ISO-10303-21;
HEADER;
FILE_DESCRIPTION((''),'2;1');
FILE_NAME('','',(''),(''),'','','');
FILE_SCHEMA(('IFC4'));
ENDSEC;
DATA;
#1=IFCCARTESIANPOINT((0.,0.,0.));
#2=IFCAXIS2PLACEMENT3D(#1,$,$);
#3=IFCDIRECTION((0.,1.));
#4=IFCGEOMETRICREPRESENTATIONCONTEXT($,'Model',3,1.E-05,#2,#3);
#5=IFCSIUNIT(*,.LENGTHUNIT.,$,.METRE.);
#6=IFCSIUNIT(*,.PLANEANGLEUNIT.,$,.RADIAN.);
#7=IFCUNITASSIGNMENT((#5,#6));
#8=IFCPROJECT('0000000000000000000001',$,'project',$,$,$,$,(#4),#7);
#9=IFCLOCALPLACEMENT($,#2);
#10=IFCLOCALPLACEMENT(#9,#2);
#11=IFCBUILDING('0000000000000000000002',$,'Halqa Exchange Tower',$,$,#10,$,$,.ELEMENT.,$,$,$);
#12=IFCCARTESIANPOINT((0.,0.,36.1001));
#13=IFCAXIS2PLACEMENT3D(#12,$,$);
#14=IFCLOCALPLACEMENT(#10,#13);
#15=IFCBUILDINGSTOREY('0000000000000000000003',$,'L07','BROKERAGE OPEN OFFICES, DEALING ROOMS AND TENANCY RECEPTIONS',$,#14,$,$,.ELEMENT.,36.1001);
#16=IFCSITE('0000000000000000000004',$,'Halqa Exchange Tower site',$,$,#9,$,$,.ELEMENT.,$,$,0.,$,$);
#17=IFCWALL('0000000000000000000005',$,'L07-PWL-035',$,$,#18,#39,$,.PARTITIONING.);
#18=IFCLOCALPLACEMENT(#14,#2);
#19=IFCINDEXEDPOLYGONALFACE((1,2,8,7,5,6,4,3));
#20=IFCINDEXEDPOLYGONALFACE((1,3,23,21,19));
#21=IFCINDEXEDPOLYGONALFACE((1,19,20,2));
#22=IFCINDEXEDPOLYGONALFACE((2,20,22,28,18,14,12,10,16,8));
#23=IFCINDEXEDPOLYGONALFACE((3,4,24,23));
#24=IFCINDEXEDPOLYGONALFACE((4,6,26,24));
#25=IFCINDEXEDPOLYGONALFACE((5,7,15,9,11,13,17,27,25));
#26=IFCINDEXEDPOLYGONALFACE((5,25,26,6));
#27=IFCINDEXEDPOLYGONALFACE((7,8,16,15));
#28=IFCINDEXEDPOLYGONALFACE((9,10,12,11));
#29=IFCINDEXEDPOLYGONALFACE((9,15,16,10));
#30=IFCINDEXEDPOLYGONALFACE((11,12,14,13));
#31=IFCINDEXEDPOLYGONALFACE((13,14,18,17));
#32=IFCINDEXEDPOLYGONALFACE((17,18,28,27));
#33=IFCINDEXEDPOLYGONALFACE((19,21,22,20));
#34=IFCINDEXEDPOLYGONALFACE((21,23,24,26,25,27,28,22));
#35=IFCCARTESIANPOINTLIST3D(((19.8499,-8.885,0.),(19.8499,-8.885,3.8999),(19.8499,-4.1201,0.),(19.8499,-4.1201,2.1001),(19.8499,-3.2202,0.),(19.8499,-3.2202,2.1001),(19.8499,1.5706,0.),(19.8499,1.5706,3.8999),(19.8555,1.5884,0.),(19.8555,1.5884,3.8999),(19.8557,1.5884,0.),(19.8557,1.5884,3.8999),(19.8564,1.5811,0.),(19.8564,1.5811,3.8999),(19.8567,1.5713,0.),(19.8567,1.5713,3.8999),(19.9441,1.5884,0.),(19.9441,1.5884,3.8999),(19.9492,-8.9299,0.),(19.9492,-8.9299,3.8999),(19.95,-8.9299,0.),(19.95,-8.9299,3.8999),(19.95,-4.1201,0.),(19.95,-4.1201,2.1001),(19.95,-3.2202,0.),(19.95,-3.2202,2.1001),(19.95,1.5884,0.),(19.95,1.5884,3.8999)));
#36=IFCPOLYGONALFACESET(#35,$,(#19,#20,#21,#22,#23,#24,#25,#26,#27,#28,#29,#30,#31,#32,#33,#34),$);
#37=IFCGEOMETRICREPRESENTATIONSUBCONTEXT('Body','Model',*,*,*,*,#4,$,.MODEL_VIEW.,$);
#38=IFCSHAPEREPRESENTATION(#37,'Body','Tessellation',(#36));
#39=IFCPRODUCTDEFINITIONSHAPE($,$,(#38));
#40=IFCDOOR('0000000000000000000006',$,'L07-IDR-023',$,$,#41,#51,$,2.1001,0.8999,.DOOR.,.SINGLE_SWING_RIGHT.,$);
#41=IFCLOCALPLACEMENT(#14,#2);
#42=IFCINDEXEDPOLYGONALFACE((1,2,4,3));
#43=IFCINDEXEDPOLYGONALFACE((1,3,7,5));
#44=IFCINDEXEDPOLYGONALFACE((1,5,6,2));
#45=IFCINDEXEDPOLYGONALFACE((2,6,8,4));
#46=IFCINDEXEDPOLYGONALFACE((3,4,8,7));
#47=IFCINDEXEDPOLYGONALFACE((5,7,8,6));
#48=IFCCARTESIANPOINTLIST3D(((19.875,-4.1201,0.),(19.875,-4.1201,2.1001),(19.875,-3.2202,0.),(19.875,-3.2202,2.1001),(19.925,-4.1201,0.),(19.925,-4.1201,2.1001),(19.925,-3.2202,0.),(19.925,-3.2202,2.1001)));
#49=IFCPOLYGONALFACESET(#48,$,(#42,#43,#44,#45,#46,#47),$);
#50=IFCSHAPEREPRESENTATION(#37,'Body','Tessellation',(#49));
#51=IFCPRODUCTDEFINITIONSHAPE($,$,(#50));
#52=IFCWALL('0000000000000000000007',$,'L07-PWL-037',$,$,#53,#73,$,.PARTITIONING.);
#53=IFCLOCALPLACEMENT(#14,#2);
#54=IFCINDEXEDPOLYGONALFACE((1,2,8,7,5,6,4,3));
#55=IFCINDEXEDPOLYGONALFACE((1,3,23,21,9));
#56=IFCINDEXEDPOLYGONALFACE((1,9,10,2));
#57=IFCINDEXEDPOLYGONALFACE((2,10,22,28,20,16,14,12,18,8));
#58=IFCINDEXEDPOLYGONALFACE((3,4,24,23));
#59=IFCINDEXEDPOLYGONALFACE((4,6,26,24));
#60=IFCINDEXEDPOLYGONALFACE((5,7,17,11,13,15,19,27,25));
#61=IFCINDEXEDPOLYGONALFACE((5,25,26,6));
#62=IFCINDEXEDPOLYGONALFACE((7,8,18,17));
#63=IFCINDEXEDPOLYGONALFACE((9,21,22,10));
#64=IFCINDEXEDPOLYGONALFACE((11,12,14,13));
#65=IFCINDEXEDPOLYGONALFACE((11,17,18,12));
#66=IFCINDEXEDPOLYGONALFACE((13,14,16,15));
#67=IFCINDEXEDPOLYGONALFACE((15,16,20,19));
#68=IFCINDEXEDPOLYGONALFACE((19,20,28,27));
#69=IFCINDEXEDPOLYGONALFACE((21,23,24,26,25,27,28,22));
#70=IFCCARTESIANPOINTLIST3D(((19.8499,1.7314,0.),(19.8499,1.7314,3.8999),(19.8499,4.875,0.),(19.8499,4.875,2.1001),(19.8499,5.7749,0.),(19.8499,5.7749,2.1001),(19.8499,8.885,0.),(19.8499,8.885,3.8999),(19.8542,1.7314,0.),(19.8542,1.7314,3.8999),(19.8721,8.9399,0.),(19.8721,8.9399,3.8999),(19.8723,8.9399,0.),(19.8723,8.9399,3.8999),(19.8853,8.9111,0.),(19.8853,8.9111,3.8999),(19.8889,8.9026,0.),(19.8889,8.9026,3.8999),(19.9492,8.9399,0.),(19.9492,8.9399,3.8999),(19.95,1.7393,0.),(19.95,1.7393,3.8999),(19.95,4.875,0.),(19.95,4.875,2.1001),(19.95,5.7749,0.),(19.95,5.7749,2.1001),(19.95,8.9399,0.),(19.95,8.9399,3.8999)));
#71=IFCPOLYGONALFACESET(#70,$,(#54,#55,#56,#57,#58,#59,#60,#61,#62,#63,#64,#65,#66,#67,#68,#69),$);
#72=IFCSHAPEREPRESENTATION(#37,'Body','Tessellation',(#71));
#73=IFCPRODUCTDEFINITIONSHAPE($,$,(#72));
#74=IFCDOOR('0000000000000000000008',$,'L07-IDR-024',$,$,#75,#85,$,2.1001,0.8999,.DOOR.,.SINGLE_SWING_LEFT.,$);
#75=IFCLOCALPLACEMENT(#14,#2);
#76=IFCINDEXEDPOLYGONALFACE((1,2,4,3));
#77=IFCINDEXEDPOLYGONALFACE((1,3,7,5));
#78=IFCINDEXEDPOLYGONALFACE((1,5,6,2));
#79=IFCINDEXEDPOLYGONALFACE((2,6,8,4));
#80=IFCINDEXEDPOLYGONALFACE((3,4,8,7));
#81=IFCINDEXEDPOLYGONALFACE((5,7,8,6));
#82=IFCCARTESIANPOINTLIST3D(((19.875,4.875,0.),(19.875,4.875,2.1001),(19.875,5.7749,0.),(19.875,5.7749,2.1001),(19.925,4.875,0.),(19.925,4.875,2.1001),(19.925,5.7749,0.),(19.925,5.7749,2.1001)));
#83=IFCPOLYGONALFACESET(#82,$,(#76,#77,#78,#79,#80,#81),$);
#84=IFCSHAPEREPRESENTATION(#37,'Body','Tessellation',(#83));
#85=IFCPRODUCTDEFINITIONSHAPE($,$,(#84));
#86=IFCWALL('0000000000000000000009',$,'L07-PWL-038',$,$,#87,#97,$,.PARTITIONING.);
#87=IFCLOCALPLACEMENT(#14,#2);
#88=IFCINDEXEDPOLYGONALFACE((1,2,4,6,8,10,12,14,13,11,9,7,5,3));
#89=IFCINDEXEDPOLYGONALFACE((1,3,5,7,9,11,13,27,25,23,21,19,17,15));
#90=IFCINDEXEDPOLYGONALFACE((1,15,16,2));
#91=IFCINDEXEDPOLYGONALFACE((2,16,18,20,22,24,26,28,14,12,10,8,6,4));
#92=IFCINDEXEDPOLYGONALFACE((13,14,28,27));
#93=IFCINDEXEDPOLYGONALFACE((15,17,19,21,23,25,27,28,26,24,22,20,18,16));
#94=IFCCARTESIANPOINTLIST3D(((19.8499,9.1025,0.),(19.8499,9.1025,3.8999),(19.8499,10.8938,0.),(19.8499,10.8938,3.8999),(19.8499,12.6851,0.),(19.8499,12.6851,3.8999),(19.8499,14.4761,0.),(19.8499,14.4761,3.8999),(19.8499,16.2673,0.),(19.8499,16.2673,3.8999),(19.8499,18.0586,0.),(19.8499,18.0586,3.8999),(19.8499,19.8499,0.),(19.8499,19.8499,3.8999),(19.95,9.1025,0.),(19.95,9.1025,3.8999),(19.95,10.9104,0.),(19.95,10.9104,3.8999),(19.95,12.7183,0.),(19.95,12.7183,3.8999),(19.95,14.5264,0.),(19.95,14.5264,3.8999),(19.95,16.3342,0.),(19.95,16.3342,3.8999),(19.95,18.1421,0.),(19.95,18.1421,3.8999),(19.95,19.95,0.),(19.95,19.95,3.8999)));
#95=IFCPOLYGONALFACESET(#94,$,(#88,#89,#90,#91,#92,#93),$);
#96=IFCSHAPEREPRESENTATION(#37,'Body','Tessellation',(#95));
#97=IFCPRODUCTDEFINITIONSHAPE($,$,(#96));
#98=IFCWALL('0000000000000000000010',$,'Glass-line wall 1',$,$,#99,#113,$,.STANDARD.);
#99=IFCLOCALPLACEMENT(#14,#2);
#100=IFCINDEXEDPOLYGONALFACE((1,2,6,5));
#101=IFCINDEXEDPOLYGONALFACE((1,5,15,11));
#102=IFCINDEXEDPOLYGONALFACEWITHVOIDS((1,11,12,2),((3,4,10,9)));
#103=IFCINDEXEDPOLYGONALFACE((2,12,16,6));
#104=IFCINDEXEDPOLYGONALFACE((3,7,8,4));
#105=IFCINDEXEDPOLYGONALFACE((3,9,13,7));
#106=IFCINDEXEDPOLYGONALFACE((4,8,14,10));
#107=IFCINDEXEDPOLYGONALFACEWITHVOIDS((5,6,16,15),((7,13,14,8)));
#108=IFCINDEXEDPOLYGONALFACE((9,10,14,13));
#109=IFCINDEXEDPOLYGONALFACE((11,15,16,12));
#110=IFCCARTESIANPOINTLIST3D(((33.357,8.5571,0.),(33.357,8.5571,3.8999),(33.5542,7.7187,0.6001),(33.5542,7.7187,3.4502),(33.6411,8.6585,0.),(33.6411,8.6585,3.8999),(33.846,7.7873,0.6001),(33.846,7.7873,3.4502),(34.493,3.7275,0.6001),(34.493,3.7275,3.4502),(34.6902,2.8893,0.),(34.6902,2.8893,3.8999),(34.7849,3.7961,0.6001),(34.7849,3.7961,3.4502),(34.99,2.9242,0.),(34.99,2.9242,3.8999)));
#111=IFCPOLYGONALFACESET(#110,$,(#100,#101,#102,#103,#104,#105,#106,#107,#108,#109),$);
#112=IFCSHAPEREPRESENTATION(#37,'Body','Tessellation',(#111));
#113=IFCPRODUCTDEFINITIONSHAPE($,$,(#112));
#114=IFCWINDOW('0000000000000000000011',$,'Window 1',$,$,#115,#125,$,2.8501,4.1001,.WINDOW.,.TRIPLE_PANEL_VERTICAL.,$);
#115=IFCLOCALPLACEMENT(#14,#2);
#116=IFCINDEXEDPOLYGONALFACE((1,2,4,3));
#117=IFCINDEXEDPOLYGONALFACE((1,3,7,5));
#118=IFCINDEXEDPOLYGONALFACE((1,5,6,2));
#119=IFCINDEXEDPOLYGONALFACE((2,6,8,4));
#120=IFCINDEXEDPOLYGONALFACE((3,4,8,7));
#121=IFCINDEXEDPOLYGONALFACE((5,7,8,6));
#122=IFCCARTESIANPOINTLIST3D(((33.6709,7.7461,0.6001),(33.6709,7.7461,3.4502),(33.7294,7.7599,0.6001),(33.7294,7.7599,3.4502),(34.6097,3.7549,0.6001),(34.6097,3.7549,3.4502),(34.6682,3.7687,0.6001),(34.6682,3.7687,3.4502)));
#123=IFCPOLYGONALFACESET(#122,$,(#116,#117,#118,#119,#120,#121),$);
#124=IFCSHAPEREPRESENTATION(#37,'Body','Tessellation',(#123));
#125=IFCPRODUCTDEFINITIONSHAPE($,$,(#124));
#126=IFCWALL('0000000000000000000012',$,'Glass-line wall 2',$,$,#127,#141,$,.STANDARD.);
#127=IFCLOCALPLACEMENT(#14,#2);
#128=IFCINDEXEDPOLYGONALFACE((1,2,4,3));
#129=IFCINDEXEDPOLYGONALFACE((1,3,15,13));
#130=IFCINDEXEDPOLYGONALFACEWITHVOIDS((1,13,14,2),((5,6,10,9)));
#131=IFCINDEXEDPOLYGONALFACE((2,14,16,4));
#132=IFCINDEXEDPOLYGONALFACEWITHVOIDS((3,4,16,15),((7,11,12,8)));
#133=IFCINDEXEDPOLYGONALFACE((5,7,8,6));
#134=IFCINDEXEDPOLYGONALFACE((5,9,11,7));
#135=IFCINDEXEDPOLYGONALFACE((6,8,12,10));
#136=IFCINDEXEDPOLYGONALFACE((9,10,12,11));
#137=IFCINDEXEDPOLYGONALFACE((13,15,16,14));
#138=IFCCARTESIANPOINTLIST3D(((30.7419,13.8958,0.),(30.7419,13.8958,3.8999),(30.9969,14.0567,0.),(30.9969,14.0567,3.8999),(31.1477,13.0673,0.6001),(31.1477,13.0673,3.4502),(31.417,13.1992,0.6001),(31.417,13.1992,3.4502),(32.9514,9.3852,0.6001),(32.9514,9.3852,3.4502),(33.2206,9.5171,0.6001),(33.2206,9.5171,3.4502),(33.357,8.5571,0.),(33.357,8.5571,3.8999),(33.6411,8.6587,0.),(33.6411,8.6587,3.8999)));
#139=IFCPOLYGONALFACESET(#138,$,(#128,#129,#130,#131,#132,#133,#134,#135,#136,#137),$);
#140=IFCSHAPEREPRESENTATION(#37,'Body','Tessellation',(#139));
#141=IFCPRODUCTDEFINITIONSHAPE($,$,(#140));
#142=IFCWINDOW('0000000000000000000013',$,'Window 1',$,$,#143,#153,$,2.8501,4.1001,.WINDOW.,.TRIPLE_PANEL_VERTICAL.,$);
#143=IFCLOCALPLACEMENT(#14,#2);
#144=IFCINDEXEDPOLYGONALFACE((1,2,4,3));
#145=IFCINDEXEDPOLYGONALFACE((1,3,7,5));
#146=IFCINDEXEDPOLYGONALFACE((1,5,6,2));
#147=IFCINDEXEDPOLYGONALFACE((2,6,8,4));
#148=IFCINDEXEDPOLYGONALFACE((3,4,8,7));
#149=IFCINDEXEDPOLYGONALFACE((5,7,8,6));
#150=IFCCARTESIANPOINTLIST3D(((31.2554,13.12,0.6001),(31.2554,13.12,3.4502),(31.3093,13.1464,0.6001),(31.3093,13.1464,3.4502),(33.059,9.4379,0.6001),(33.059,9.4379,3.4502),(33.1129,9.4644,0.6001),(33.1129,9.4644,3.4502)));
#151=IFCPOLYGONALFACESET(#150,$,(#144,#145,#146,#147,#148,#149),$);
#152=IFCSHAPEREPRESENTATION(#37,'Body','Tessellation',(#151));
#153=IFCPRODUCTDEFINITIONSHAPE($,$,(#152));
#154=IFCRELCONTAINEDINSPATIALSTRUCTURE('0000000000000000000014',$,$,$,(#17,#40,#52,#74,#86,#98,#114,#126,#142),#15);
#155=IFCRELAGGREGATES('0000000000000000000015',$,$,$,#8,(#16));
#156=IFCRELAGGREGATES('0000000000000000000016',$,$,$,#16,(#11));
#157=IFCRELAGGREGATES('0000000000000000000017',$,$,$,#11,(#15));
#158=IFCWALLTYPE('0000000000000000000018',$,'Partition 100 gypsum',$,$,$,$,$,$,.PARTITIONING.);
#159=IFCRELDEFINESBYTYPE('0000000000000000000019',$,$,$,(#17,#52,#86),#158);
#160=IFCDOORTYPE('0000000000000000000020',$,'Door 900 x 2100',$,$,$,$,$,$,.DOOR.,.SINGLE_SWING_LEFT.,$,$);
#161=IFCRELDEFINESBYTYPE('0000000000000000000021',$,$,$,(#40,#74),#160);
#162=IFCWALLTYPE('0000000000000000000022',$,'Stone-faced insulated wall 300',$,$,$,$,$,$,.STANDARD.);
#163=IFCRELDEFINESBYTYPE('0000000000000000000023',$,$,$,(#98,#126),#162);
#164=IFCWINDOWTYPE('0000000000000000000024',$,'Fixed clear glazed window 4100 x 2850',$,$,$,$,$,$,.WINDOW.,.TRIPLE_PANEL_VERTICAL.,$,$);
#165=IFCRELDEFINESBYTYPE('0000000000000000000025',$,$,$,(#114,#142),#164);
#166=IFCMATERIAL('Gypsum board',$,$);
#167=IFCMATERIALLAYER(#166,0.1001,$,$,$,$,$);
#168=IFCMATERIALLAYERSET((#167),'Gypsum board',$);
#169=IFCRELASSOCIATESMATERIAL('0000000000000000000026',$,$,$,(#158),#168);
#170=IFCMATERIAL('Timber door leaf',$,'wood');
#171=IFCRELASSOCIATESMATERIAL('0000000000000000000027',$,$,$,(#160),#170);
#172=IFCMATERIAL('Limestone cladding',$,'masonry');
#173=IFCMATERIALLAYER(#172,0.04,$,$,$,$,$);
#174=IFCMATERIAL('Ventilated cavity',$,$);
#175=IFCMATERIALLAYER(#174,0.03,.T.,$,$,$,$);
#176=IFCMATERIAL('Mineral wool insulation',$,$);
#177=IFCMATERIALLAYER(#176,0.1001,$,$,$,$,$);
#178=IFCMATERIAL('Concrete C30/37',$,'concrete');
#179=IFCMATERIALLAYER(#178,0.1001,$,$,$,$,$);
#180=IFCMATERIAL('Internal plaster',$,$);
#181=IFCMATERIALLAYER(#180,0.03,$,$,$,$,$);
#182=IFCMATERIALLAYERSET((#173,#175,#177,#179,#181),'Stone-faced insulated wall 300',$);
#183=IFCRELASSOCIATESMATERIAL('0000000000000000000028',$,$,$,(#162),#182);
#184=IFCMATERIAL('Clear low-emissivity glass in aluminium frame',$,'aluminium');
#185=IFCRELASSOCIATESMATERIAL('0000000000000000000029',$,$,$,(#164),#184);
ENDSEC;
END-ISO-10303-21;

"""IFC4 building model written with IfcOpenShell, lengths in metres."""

from ifc_helpers import new_model, si_unit, direction, frame, frame_2d, origin, place, context, subcontext, project, spatial, polyline, rectangle, outline, extrude, material, layer, layer_set, type_object, element, fill, save


model = new_model("IFC4")

# Units and contexts
model_context = context("Model", 3, precision=1e-05, world=origin(), true_north=direction((0.0, 1.0)))
body_context = subcontext(model_context, "Body", "Model", "MODEL_VIEW")
ifc_project = project(units=[si_unit("LENGTHUNIT", "METRE"), si_unit("PLANEANGLEUNIT", "RADIAN")], contexts=[model_context])

# Site, building, storey
site_placement = place(None, origin())
site = spatial("IfcSite", under=ifc_project, at=site_placement, Name="Halqa Exchange Tower site", CompositionType="ELEMENT", RefElevation=0.0)
building_placement = place(site_placement, origin())
building = spatial("IfcBuilding", under=site, at=building_placement, Name="Halqa Exchange Tower", CompositionType="ELEMENT")
storey_placement = place(building_placement, frame((0.0, 0.0, 36.1001)))
storey = spatial("IfcBuildingStorey", under=building, at=storey_placement, Name="L07", Description="BROKERAGE OPEN OFFICES, DEALING ROOMS AND TENANCY RECEPTIONS", CompositionType="ELEMENT", Elevation=36.1001)

# Walls, openings, doors
ifc_material_1 = material(Name="Gypsum board")
ifc_layer_1 = layer(ifc_material_1, 0.1001)
ifc_layer_set_1 = layer_set([ifc_layer_1], Name="Gypsum board")
wall_type_1 = type_object("IfcWallType", Name="Partition 100 gypsum", PredefinedType="PARTITIONING", material=ifc_layer_set_1)
wall_1_placement = place(storey_placement, frame((19.8999, 1.5884, 0.0), z_axis=(0.0, 0.0, 1.0), x_axis=(0.0, -1.0, 0.0)))
wall_1 = element("IfcWall", 1, at=wall_1_placement, inside=storey, type_object=wall_type_1, Name="L07-PWL-035", PredefinedType="PARTITIONING", context=body_context, shape_type="SweptSolid", body=[
    extrude(outline(polyline([(0.0178, -0.05), (1.7603, -0.05), (3.5029, -0.05), (5.2456, -0.05), (6.9883, -0.05), (8.731, -0.05), (10.4734, -0.05), (10.5183, 0.0493), (10.5183, 0.05), (8.7651, 0.05), (7.0122, 0.05), (5.2593, 0.05), (3.5061, 0.05), (1.7529, 0.05), (0.0, 0.05), (0.0, 0.0442), (0.0073, -0.0435), (0.0, -0.0442), (0.0, -0.0444), (0.0171, -0.0432), (0.0178, -0.05)])), origin(), (0.0, 0.0, 1.0), 3.8999),
])
opening_1_placement = place(wall_1_placement, frame((4.8086, 0.0, 0.0)))
opening_1 = element("IfcOpeningElement", 2, at=opening_1_placement, cuts=wall_1, PredefinedType="OPENING", context=body_context, shape_type="SweptSolid", body=[
    extrude(rectangle(XDim=0.8999, YDim=2.1001, at=frame_2d((0.45, 1.05))), frame((0.0, 0.062, 0.0), z_axis=(0.0, -1.0, 0.0), x_axis=(1.0, 0.0, 0.0)), (0.0, 0.0, 1.0), 0.124),
])
ifc_material_2 = material(Name="Timber door leaf", Category="wood")
door_type = type_object("IfcDoorType", Name="Door 900 x 2100", OperationType="SINGLE_SWING_LEFT", PredefinedType="DOOR", material=ifc_material_2)
door_1_placement = place(opening_1_placement, frame((0.8999, 0.0, 0.0), z_axis=(0.0, 0.0, 1.0), x_axis=(-1.0, 0.0, 0.0)))
door_1 = element("IfcDoor", 3, at=door_1_placement, inside=storey, type_object=door_type, Name="L07-IDR-023", OperationType="SINGLE_SWING_RIGHT", OverallHeight=2.1001, OverallWidth=0.8999, PredefinedType="DOOR", context=body_context, shape_type="SweptSolid", body=[
    extrude(rectangle(XDim=0.8999, YDim=2.1001, at=frame_2d((0.45, 1.05))), frame((0.0, 0.0249, 0.0), z_axis=(0.0, -1.0, 0.0), x_axis=(1.0, 0.0, 0.0)), (0.0, 0.0, 1.0), 0.05),
])
fill(opening_1, door_1)
wall_2_placement = place(storey_placement, frame((19.8999, 8.9399, 0.0), z_axis=(0.0, 0.0, 1.0), x_axis=(0.0, -1.0, 0.0)))
wall_2 = element("IfcWall", 4, at=wall_2_placement, inside=storey, type_object=wall_type_1, Name="L07-PWL-037", PredefinedType="PARTITIONING", context=body_context, shape_type="SweptSolid", body=[
    extrude(outline(polyline([(7.2085, -0.05), (7.2085, -0.0457), (7.2007, 0.05), (5.4004, 0.05), (3.6003, 0.05), (1.8, 0.05), (0.0, 0.05), (0.0, 0.0493), (0.0288, -0.0146), (0.0, -0.0276), (0.0, -0.0278), (0.0374, -0.011), (0.0549, -0.05), (1.8433, -0.05), (3.6316, -0.05), (5.4202, -0.05), (7.2085, -0.05)])), origin(), (0.0, 0.0, 1.0), 3.8999),
])
opening_2_placement = place(wall_2_placement, frame((3.165, 0.0, 0.0)))
opening_2 = element("IfcOpeningElement", 5, at=opening_2_placement, cuts=wall_2, PredefinedType="OPENING", context=body_context, shape_type="SweptSolid", body=[
    extrude(rectangle(XDim=0.8999, YDim=2.1001, at=frame_2d((0.45, 1.05))), frame((0.0, 0.062, 0.0), z_axis=(0.0, -1.0, 0.0), x_axis=(1.0, 0.0, 0.0)), (0.0, 0.0, 1.0), 0.124),
])
door_2_placement = place(opening_2_placement, frame((0.8999, 0.0, 0.0), z_axis=(0.0, 0.0, 1.0), x_axis=(-1.0, 0.0, 0.0)))
door_2 = element("IfcDoor", 6, at=door_2_placement, inside=storey, type_object=door_type, Name="L07-IDR-024", OperationType="SINGLE_SWING_LEFT", OverallHeight=2.1001, OverallWidth=0.8999, PredefinedType="DOOR", context=body_context, shape_type="SweptSolid", body=[
    extrude(rectangle(XDim=0.8999, YDim=2.1001, at=frame_2d((0.45, 1.05))), frame((0.0, 0.0249, 0.0), z_axis=(0.0, -1.0, 0.0), x_axis=(1.0, 0.0, 0.0)), (0.0, 0.0, 1.0), 0.05),
])
fill(opening_2, door_2)

# Wall
wall_3_placement = place(storey_placement, frame((19.8999, 9.1025, 0.0), z_axis=(0.0, 0.0, 1.0), x_axis=(0.0, 1.0, 0.0)))
element("IfcWall", 7, at=wall_3_placement, inside=storey, type_object=wall_type_1, Name="L07-PWL-038", PredefinedType="PARTITIONING", context=body_context, shape_type="SweptSolid", body=[
    extrude(outline(polyline([(0.0, -0.05), (1.8079, -0.05), (3.6157, -0.05), (5.4238, -0.05), (7.2317, -0.05), (9.0396, -0.05), (10.8474, -0.05), (10.7473, 0.05), (8.9561, 0.05), (7.1648, 0.05), (5.3735, 0.05), (3.5825, 0.05), (1.7913, 0.05), (0.0, 0.05), (0.0, -0.05)])), origin(), (0.0, 0.0, 1.0), 3.8999),
])

# Walls, openings, windows
ifc_material_3 = material(Name="Limestone cladding", Category="masonry")
ifc_layer_2 = layer(ifc_material_3, 0.04)
ifc_material_4 = material(Name="Ventilated cavity")
ifc_layer_3 = layer(ifc_material_4, 0.03, ventilated=True)
ifc_material_5 = material(Name="Mineral wool insulation")
ifc_layer_4 = layer(ifc_material_5, 0.1001)
ifc_material_6 = material(Name="Concrete C30/37", Category="concrete")
ifc_layer_5 = layer(ifc_material_6, 0.1001)
ifc_material_7 = material(Name="Internal plaster")
ifc_layer_6 = layer(ifc_material_7, 0.03)
ifc_layer_set_2 = layer_set([ifc_layer_2, ifc_layer_3, ifc_layer_4, ifc_layer_5, ifc_layer_6], Name="Stone-faced insulated wall 300")
wall_type_2 = type_object("IfcWallType", Name="Stone-faced insulated wall 300", PredefinedType="STANDARD", material=ifc_layer_set_2)
wall_4_placement = place(storey_placement, frame((34.8401, 2.9067, 0.0), z_axis=(0.0, 0.0, 1.0), x_axis=(-0.228977, 0.973432, 0.0)))
wall_4 = element("IfcWall", 8, at=wall_4_placement, inside=storey, type_object=wall_type_2, Name="Glass-line wall 1", PredefinedType="STANDARD", context=body_context, shape_type="SweptSolid", body=[
    extrude(outline(polyline([(-0.0173, -0.1499), (5.8735, -0.1499), (5.8398, 0.1499), (0.0173, 0.1499), (-0.0173, -0.1499)])), origin(), (0.0, 0.0, 1.0), 3.8999),
])
opening_3_placement = place(wall_4_placement, frame((0.8784, 0.0, 0.6001)))
opening_3 = element("IfcOpeningElement", 9, at=opening_3_placement, cuts=wall_4, PredefinedType="OPENING", context=body_context, shape_type="SweptSolid", body=[
    extrude(rectangle(XDim=4.1001, YDim=2.8501, at=frame_2d((2.05, 1.425))), frame((0.0, 0.1621, 0.0), z_axis=(0.0, -1.0, 0.0), x_axis=(1.0, 0.0, 0.0)), (0.0, 0.0, 1.0), 0.324),
])
ifc_material_8 = material(Name="Clear low-emissivity glass in aluminium frame", Category="aluminium")
window_type = type_object("IfcWindowType", Name="Fixed clear glazed window 4100 x 2850", PartitioningType="TRIPLE_PANEL_VERTICAL", PredefinedType="WINDOW", material=ifc_material_8)
window_1_placement = place(opening_3_placement, origin())
window_1 = element("IfcWindow", 10, at=window_1_placement, inside=storey, type_object=window_type, Name="Window 1", OverallHeight=2.8501, OverallWidth=4.1001, PartitioningType="TRIPLE_PANEL_VERTICAL", PredefinedType="WINDOW", context=body_context, shape_type="SweptSolid", body=[
    extrude(rectangle(XDim=4.1001, YDim=2.8501, at=frame_2d((2.05, 1.425))), frame((0.0, 0.03, 0.0), z_axis=(0.0, -1.0, 0.0), x_axis=(1.0, 0.0, 0.0)), (0.0, 0.0, 1.0), 0.0601),
])
fill(opening_3, window_1)
wall_5_placement = place(storey_placement, frame((33.499, 8.6079, 0.0), z_axis=(0.0, 0.0, 1.0), x_axis=(-0.439896, 0.898049, 0.0)))
wall_5 = element("IfcWall", 11, at=wall_5_placement, inside=storey, type_object=wall_type_2, Name="Glass-line wall 2", PredefinedType="STANDARD", context=body_context, shape_type="SweptSolid", body=[
    extrude(outline(polyline([(-0.0168, -0.1499), (5.9939, -0.1499), (5.9617, 0.1499), (0.0168, 0.1499), (-0.0168, -0.1499)])), origin(), (0.0, 0.0, 1.0), 3.8999),
])
opening_4_placement = place(wall_5_placement, frame((0.939, 0.0, 0.6001)))
opening_4 = element("IfcOpeningElement", 12, at=opening_4_placement, cuts=wall_5, PredefinedType="OPENING", context=body_context, shape_type="SweptSolid", body=[
    extrude(rectangle(XDim=4.1001, YDim=2.8501, at=frame_2d((2.05, 1.425))), frame((0.0, 0.1621, 0.0), z_axis=(0.0, -1.0, 0.0), x_axis=(1.0, 0.0, 0.0)), (0.0, 0.0, 1.0), 0.324),
])
window_2_placement = place(opening_4_placement, origin())
window_2 = element("IfcWindow", 13, at=window_2_placement, inside=storey, type_object=window_type, Name="Window 1", OverallHeight=2.8501, OverallWidth=4.1001, PartitioningType="TRIPLE_PANEL_VERTICAL", PredefinedType="WINDOW", context=body_context, shape_type="SweptSolid", body=[
    extrude(rectangle(XDim=4.1001, YDim=2.8501, at=frame_2d((2.05, 1.425))), frame((0.0, 0.03, 0.0), z_axis=(0.0, -1.0, 0.0), x_axis=(1.0, 0.0, 0.0)), (0.0, 0.0, 1.0), 0.0601),
])
fill(opening_4, window_2)

save(model, "model.ifc")
